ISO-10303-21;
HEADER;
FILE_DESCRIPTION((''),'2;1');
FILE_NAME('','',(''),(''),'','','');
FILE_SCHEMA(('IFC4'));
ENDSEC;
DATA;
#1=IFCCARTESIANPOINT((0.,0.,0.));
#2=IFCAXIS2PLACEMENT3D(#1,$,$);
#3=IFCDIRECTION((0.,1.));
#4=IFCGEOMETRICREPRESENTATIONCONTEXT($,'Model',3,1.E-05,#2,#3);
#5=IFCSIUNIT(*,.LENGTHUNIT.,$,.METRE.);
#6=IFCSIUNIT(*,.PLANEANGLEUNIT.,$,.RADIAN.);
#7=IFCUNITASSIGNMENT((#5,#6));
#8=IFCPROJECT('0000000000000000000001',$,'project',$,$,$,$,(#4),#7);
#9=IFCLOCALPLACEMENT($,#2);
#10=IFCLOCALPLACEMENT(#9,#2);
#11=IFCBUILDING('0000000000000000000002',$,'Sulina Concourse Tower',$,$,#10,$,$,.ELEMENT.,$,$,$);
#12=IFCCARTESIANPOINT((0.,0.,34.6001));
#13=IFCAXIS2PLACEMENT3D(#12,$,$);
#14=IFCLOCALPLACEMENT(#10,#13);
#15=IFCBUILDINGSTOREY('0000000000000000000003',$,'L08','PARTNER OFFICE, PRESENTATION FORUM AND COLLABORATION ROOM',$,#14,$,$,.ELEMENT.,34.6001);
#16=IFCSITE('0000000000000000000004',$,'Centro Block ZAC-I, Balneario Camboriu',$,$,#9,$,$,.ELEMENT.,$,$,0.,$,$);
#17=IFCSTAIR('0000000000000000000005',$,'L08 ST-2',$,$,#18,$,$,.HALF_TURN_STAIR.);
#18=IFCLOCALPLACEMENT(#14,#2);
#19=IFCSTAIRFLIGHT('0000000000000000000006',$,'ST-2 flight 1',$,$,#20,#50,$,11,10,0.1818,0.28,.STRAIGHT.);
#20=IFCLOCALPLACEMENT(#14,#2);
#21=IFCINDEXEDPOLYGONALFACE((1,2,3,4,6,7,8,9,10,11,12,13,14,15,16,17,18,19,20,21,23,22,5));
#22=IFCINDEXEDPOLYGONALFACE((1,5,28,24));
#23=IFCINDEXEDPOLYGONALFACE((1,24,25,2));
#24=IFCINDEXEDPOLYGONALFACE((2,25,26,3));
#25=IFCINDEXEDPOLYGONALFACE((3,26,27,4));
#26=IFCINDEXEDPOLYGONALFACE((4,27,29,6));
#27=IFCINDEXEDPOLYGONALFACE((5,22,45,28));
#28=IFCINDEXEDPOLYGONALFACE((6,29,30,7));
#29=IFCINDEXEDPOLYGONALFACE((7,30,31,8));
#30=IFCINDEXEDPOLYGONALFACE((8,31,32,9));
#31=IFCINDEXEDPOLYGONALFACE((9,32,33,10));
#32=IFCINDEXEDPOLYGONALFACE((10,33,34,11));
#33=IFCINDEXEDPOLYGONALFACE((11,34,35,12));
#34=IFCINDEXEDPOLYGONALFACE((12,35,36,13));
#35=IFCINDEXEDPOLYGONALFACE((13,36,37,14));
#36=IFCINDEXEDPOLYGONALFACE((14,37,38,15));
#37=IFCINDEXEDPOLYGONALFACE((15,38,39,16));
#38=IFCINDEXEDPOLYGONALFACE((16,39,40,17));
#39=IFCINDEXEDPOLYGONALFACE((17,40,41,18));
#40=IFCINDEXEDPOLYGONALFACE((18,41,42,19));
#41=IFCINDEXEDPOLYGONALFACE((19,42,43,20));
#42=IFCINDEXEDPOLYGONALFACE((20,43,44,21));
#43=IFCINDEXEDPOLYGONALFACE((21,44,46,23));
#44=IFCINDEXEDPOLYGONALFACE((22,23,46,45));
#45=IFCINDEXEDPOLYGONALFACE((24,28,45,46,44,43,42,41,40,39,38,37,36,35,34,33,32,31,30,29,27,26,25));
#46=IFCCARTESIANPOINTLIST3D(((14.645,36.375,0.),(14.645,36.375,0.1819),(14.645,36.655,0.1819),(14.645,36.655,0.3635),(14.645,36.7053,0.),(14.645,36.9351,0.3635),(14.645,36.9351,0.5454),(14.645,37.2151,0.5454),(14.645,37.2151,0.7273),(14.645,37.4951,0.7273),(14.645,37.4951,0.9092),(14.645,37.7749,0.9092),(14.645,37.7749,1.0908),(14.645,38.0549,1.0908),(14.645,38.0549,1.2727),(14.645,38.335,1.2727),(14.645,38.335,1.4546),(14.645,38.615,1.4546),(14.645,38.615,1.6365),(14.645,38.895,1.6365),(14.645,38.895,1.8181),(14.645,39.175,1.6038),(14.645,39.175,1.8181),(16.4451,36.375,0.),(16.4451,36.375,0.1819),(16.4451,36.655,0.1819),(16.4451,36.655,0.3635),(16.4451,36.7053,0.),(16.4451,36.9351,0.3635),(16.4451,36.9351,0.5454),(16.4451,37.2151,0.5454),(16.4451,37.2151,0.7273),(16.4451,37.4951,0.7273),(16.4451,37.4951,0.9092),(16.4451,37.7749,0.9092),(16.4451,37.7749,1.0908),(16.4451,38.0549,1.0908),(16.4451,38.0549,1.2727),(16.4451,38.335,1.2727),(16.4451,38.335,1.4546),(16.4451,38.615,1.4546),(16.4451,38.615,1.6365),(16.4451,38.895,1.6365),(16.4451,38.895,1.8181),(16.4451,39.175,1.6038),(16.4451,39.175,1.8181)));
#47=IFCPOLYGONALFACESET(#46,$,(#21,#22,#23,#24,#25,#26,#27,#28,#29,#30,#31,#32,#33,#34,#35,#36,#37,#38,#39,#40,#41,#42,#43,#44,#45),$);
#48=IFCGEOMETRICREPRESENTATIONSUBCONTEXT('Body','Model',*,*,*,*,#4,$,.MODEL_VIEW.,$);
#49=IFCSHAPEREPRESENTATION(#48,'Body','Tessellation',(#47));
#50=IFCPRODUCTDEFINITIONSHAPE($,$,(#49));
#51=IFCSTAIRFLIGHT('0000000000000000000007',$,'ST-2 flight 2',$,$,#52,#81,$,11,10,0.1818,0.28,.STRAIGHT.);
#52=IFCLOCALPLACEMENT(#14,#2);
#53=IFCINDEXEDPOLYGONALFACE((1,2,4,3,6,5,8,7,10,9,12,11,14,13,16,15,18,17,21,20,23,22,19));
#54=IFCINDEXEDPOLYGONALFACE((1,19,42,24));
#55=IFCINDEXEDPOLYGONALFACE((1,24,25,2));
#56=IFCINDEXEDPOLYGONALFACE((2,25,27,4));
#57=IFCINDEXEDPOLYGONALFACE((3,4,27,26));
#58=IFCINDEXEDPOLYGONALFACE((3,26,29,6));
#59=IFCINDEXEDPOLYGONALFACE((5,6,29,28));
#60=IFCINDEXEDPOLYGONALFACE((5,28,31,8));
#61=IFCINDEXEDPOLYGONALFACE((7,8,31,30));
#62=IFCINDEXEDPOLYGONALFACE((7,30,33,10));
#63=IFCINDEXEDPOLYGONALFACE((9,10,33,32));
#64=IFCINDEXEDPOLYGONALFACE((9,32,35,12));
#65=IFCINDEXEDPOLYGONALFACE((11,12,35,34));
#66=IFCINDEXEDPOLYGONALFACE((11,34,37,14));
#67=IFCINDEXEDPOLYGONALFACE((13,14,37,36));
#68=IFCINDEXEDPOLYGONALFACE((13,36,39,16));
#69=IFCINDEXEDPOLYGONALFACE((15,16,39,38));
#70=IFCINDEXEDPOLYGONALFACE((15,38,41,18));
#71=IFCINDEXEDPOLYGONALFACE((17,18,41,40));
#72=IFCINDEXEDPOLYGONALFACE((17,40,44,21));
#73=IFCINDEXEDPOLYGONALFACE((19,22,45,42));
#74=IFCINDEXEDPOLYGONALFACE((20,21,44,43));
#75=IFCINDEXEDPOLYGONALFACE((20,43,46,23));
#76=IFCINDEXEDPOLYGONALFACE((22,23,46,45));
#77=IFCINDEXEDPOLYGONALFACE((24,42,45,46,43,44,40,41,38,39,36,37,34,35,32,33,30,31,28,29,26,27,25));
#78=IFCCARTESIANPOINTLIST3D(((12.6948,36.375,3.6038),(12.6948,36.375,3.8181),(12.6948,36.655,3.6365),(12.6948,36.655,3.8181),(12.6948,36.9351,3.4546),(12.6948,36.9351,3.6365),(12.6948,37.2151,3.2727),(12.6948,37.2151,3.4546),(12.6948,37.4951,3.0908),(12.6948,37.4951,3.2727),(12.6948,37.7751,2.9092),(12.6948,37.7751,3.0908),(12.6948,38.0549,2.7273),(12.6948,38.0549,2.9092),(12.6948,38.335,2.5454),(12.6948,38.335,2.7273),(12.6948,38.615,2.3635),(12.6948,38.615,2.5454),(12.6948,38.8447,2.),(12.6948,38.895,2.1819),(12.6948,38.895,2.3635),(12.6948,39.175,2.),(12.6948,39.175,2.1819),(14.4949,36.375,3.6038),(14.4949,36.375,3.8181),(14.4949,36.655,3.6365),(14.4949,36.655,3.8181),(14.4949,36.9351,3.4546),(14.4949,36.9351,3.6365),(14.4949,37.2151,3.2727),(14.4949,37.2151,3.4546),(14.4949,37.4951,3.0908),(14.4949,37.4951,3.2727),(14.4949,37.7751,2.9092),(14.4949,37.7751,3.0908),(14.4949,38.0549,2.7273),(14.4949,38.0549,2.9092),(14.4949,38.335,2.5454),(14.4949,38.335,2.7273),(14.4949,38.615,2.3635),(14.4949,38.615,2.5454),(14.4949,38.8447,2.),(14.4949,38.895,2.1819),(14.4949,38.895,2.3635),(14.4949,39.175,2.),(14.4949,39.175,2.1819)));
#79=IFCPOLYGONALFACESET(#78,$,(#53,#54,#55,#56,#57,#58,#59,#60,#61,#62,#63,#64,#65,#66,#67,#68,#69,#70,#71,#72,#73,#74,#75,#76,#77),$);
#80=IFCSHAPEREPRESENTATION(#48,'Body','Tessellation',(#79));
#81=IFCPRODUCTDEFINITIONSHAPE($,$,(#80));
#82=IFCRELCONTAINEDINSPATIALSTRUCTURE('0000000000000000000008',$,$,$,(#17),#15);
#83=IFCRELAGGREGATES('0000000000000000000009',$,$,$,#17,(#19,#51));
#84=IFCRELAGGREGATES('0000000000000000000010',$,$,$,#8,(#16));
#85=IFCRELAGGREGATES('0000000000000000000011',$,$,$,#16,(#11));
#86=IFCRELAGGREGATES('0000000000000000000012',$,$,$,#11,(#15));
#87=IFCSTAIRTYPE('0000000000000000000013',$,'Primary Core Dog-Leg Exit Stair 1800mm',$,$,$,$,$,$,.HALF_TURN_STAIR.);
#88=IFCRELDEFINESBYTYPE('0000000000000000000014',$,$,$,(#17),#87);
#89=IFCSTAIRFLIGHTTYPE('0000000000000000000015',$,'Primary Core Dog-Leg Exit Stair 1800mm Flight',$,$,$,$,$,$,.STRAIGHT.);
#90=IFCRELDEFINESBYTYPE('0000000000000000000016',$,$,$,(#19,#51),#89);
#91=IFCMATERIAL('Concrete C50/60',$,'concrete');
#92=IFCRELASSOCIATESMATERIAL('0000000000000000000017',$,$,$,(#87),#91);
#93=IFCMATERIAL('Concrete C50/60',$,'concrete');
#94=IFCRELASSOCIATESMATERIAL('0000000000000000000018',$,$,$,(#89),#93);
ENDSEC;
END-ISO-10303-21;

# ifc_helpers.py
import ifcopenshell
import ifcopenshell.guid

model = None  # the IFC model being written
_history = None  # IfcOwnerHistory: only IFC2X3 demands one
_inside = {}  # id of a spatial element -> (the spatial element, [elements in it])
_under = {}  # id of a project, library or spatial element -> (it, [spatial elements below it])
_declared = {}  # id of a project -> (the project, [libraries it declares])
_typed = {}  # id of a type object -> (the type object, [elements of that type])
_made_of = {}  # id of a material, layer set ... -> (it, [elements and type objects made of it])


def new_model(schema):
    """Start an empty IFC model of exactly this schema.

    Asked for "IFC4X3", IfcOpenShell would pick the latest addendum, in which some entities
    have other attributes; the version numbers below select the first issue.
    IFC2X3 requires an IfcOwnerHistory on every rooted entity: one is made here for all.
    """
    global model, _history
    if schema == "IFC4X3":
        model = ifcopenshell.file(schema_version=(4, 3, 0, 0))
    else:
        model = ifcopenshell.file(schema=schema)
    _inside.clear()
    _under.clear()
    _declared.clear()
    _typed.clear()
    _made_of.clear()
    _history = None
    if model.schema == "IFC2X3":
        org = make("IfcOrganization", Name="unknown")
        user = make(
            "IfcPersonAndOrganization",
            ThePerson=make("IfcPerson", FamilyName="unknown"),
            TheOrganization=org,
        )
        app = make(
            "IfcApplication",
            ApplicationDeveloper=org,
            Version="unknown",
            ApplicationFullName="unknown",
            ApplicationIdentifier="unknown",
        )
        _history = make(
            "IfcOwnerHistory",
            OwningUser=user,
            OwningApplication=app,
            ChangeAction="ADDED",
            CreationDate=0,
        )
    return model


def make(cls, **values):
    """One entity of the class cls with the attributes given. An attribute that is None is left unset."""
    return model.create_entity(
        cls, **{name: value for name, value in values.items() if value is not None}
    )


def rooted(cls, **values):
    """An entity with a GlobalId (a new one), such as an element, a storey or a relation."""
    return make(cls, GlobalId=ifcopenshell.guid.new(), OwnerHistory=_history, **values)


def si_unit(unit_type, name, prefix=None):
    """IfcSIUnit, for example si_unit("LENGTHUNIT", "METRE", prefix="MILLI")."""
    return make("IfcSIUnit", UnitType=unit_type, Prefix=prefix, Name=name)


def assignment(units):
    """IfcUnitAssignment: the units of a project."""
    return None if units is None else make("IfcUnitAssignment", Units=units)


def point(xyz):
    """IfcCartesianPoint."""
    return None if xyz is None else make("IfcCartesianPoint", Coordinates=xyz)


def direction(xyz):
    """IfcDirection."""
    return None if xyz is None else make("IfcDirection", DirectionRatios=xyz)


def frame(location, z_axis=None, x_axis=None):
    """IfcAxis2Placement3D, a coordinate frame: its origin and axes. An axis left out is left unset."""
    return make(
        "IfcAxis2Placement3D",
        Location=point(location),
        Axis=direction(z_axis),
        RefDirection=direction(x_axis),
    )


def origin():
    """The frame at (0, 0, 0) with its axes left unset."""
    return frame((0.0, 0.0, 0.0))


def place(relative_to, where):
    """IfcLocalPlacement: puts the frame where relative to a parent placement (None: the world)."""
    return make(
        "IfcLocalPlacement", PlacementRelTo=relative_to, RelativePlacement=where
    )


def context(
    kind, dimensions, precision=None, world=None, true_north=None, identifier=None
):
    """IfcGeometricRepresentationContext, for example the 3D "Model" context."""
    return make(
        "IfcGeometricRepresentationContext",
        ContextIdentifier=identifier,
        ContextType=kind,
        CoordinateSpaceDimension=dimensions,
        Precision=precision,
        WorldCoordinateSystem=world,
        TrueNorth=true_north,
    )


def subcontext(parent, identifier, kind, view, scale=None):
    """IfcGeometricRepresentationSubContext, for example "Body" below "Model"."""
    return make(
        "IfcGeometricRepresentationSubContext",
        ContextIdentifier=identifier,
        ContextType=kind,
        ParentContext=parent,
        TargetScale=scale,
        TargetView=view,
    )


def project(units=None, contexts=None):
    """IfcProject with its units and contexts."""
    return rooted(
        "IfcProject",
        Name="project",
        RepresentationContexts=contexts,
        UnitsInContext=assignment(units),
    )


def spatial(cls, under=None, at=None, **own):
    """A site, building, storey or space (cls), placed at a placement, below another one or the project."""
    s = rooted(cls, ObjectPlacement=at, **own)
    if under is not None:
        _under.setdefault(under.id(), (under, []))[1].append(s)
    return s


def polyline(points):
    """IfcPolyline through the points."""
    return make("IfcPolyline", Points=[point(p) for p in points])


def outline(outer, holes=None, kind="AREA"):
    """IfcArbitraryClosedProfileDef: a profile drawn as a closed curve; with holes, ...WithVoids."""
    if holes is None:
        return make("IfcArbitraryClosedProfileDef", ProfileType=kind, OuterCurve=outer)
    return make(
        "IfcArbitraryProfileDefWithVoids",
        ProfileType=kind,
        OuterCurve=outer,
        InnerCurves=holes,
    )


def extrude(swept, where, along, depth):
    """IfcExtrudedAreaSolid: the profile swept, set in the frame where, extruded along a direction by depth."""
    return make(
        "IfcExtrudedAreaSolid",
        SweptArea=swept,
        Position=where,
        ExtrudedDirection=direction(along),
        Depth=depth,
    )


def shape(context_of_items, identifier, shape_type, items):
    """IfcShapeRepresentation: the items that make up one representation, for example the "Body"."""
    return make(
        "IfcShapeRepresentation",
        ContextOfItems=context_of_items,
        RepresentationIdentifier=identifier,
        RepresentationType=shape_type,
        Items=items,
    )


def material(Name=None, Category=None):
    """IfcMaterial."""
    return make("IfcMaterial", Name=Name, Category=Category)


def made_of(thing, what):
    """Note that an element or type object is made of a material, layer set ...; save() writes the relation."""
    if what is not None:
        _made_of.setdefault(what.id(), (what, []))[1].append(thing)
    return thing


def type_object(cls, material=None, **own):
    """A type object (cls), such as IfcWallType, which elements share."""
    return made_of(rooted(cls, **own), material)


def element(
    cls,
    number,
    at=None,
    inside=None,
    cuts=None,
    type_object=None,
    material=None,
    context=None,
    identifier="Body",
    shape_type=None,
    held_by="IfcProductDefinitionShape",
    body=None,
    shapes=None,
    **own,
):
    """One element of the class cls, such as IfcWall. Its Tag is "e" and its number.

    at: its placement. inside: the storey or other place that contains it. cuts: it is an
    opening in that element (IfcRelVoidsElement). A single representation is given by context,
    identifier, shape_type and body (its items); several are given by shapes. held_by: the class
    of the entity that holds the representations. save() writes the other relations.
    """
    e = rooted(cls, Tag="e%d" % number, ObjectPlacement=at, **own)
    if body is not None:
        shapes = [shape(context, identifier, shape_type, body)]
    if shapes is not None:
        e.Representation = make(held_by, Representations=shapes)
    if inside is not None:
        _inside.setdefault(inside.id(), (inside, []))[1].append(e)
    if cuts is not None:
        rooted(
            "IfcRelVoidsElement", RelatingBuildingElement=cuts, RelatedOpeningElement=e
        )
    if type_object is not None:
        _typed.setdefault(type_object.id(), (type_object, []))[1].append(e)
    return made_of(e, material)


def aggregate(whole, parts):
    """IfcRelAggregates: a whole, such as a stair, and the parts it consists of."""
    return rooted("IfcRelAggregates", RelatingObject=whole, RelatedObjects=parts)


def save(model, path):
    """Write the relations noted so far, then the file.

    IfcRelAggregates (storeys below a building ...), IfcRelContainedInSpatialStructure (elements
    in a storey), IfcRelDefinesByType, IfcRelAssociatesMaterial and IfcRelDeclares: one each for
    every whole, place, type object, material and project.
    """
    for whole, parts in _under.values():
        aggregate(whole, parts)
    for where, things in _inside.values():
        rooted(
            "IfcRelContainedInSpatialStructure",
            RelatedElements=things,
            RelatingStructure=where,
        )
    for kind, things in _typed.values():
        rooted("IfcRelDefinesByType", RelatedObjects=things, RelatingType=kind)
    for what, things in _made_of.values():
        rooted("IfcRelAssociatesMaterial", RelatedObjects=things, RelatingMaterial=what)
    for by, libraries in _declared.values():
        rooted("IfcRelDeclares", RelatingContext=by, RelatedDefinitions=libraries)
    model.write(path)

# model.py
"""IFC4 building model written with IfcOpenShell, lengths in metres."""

from ifc_helpers import new_model, si_unit, direction, frame, origin, place, context, subcontext, project, spatial, polyline, outline, extrude, material, type_object, element, aggregate, save


model = new_model("IFC4")

# Units and contexts
model_context = context("Model", 3, precision=1e-05, world=origin(), true_north=direction((0.0, 1.0)))
body_context = subcontext(model_context, "Body", "Model", "MODEL_VIEW")
ifc_project = project(units=[si_unit("LENGTHUNIT", "METRE"), si_unit("PLANEANGLEUNIT", "RADIAN")], contexts=[model_context])

# Site, building, storey
site_placement = place(None, origin())
site = spatial("IfcSite", under=ifc_project, at=site_placement, Name="Centro Block ZAC-I, Balneario Camboriu", CompositionType="ELEMENT", RefElevation=0.0)
building_placement = place(site_placement, origin())
building = spatial("IfcBuilding", under=site, at=building_placement, Name="Sulina Concourse Tower", CompositionType="ELEMENT")
storey_placement = place(building_placement, frame((0.0, 0.0, 34.6001)))
storey = spatial("IfcBuildingStorey", under=building, at=storey_placement, Name="L08", Description="PARTNER OFFICE, PRESENTATION FORUM AND COLLABORATION ROOM", CompositionType="ELEMENT", Elevation=34.6001)

# Stair, stair flights
ifc_material_1 = material(Name="Concrete C50/60", Category="concrete")
stair_type = type_object("IfcStairType", Name="Primary Core Dog-Leg Exit Stair 1800mm", PredefinedType="HALF_TURN_STAIR", material=ifc_material_1)
ifc_material_2 = material(Name="Concrete C50/60", Category="concrete")
stair_flight_type = type_object("IfcStairFlightType", Name="Primary Core Dog-Leg Exit Stair 1800mm Flight", PredefinedType="STRAIGHT", material=ifc_material_2)
stair_1_placement = place(storey_placement, origin())
stair_1 = element("IfcStair", 1, at=stair_1_placement, inside=storey, type_object=stair_type, Name="L08 ST-2", PredefinedType="HALF_TURN_STAIR")
stair_flight_1_placement = place(storey_placement, frame((15.5449, 36.375, 0.0), z_axis=(0.0, 0.0, 1.0), x_axis=(0.0, 1.0, 0.0)))
stair_flight_1 = element("IfcStairFlight", 2, at=stair_flight_1_placement, type_object=stair_flight_type, Name="ST-2 flight 1", NumberOfRisers=11, NumberOfTreads=10, PredefinedType="STRAIGHT", RiserHeight=0.1818, TreadLength=0.28, context=body_context, shape_type="SweptSolid", body=[
    extrude(outline(polyline([(0.0, 0.0), (0.0, 0.1819), (0.28, 0.1819), (0.28, 0.3635), (0.5601, 0.3635), (0.5601, 0.5454), (0.8401, 0.5454), (0.8401, 0.7273), (1.1201, 0.7273), (1.1201, 0.9092), (1.3999, 0.9092), (1.3999, 1.0908), (1.6799, 1.0908), (1.6799, 1.2727), (1.96, 1.2727), (1.96, 1.4546), (2.24, 1.4546), (2.24, 1.6365), (2.52, 1.6365), (2.52, 1.8181), (2.8, 1.8181), (2.8, 2.0), (2.8, 1.6038), (0.3303, 0.0), (0.0, 0.0)])), frame((0.0, 0.8999, 0.0), z_axis=(0.0, -1.0, 0.0), x_axis=(1.0, 0.0, 0.0)), (0.0, 0.0, 1.0), 1.8),
])
stair_flight_2_placement = place(storey_placement, frame((13.595, 39.175, 2.0), z_axis=(0.0, 0.0, 1.0), x_axis=(0.0, -1.0, 0.0)))
stair_flight_2 = element("IfcStairFlight", 3, at=stair_flight_2_placement, type_object=stair_flight_type, Name="ST-2 flight 2", NumberOfRisers=11, NumberOfTreads=10, PredefinedType="STRAIGHT", RiserHeight=0.1818, TreadLength=0.28, context=body_context, shape_type="SweptSolid", body=[
    extrude(outline(polyline([(0.0, 0.0), (0.0, 0.1819), (0.28, 0.1819), (0.28, 0.3635), (0.5601, 0.3635), (0.5601, 0.5454), (0.8401, 0.5454), (0.8401, 0.7273), (1.1201, 0.7273), (1.1201, 0.9092), (1.3999, 0.9092), (1.3999, 1.0908), (1.6799, 1.0908), (1.6799, 1.2727), (1.96, 1.2727), (1.96, 1.4546), (2.24, 1.4546), (2.24, 1.6365), (2.52, 1.6365), (2.52, 1.8181), (2.8, 1.8181), (2.8, 2.0), (2.8, 1.6038), (0.3303, 0.0), (0.0, 0.0)])), frame((0.0, 0.8999, 0.0), z_axis=(0.0, -1.0, 0.0), x_axis=(1.0, 0.0, 0.0)), (0.0, 0.0, 1.0), 1.8),
])
aggregate(stair_1, [stair_flight_1, stair_flight_2])

save(model, "model.ifc")
